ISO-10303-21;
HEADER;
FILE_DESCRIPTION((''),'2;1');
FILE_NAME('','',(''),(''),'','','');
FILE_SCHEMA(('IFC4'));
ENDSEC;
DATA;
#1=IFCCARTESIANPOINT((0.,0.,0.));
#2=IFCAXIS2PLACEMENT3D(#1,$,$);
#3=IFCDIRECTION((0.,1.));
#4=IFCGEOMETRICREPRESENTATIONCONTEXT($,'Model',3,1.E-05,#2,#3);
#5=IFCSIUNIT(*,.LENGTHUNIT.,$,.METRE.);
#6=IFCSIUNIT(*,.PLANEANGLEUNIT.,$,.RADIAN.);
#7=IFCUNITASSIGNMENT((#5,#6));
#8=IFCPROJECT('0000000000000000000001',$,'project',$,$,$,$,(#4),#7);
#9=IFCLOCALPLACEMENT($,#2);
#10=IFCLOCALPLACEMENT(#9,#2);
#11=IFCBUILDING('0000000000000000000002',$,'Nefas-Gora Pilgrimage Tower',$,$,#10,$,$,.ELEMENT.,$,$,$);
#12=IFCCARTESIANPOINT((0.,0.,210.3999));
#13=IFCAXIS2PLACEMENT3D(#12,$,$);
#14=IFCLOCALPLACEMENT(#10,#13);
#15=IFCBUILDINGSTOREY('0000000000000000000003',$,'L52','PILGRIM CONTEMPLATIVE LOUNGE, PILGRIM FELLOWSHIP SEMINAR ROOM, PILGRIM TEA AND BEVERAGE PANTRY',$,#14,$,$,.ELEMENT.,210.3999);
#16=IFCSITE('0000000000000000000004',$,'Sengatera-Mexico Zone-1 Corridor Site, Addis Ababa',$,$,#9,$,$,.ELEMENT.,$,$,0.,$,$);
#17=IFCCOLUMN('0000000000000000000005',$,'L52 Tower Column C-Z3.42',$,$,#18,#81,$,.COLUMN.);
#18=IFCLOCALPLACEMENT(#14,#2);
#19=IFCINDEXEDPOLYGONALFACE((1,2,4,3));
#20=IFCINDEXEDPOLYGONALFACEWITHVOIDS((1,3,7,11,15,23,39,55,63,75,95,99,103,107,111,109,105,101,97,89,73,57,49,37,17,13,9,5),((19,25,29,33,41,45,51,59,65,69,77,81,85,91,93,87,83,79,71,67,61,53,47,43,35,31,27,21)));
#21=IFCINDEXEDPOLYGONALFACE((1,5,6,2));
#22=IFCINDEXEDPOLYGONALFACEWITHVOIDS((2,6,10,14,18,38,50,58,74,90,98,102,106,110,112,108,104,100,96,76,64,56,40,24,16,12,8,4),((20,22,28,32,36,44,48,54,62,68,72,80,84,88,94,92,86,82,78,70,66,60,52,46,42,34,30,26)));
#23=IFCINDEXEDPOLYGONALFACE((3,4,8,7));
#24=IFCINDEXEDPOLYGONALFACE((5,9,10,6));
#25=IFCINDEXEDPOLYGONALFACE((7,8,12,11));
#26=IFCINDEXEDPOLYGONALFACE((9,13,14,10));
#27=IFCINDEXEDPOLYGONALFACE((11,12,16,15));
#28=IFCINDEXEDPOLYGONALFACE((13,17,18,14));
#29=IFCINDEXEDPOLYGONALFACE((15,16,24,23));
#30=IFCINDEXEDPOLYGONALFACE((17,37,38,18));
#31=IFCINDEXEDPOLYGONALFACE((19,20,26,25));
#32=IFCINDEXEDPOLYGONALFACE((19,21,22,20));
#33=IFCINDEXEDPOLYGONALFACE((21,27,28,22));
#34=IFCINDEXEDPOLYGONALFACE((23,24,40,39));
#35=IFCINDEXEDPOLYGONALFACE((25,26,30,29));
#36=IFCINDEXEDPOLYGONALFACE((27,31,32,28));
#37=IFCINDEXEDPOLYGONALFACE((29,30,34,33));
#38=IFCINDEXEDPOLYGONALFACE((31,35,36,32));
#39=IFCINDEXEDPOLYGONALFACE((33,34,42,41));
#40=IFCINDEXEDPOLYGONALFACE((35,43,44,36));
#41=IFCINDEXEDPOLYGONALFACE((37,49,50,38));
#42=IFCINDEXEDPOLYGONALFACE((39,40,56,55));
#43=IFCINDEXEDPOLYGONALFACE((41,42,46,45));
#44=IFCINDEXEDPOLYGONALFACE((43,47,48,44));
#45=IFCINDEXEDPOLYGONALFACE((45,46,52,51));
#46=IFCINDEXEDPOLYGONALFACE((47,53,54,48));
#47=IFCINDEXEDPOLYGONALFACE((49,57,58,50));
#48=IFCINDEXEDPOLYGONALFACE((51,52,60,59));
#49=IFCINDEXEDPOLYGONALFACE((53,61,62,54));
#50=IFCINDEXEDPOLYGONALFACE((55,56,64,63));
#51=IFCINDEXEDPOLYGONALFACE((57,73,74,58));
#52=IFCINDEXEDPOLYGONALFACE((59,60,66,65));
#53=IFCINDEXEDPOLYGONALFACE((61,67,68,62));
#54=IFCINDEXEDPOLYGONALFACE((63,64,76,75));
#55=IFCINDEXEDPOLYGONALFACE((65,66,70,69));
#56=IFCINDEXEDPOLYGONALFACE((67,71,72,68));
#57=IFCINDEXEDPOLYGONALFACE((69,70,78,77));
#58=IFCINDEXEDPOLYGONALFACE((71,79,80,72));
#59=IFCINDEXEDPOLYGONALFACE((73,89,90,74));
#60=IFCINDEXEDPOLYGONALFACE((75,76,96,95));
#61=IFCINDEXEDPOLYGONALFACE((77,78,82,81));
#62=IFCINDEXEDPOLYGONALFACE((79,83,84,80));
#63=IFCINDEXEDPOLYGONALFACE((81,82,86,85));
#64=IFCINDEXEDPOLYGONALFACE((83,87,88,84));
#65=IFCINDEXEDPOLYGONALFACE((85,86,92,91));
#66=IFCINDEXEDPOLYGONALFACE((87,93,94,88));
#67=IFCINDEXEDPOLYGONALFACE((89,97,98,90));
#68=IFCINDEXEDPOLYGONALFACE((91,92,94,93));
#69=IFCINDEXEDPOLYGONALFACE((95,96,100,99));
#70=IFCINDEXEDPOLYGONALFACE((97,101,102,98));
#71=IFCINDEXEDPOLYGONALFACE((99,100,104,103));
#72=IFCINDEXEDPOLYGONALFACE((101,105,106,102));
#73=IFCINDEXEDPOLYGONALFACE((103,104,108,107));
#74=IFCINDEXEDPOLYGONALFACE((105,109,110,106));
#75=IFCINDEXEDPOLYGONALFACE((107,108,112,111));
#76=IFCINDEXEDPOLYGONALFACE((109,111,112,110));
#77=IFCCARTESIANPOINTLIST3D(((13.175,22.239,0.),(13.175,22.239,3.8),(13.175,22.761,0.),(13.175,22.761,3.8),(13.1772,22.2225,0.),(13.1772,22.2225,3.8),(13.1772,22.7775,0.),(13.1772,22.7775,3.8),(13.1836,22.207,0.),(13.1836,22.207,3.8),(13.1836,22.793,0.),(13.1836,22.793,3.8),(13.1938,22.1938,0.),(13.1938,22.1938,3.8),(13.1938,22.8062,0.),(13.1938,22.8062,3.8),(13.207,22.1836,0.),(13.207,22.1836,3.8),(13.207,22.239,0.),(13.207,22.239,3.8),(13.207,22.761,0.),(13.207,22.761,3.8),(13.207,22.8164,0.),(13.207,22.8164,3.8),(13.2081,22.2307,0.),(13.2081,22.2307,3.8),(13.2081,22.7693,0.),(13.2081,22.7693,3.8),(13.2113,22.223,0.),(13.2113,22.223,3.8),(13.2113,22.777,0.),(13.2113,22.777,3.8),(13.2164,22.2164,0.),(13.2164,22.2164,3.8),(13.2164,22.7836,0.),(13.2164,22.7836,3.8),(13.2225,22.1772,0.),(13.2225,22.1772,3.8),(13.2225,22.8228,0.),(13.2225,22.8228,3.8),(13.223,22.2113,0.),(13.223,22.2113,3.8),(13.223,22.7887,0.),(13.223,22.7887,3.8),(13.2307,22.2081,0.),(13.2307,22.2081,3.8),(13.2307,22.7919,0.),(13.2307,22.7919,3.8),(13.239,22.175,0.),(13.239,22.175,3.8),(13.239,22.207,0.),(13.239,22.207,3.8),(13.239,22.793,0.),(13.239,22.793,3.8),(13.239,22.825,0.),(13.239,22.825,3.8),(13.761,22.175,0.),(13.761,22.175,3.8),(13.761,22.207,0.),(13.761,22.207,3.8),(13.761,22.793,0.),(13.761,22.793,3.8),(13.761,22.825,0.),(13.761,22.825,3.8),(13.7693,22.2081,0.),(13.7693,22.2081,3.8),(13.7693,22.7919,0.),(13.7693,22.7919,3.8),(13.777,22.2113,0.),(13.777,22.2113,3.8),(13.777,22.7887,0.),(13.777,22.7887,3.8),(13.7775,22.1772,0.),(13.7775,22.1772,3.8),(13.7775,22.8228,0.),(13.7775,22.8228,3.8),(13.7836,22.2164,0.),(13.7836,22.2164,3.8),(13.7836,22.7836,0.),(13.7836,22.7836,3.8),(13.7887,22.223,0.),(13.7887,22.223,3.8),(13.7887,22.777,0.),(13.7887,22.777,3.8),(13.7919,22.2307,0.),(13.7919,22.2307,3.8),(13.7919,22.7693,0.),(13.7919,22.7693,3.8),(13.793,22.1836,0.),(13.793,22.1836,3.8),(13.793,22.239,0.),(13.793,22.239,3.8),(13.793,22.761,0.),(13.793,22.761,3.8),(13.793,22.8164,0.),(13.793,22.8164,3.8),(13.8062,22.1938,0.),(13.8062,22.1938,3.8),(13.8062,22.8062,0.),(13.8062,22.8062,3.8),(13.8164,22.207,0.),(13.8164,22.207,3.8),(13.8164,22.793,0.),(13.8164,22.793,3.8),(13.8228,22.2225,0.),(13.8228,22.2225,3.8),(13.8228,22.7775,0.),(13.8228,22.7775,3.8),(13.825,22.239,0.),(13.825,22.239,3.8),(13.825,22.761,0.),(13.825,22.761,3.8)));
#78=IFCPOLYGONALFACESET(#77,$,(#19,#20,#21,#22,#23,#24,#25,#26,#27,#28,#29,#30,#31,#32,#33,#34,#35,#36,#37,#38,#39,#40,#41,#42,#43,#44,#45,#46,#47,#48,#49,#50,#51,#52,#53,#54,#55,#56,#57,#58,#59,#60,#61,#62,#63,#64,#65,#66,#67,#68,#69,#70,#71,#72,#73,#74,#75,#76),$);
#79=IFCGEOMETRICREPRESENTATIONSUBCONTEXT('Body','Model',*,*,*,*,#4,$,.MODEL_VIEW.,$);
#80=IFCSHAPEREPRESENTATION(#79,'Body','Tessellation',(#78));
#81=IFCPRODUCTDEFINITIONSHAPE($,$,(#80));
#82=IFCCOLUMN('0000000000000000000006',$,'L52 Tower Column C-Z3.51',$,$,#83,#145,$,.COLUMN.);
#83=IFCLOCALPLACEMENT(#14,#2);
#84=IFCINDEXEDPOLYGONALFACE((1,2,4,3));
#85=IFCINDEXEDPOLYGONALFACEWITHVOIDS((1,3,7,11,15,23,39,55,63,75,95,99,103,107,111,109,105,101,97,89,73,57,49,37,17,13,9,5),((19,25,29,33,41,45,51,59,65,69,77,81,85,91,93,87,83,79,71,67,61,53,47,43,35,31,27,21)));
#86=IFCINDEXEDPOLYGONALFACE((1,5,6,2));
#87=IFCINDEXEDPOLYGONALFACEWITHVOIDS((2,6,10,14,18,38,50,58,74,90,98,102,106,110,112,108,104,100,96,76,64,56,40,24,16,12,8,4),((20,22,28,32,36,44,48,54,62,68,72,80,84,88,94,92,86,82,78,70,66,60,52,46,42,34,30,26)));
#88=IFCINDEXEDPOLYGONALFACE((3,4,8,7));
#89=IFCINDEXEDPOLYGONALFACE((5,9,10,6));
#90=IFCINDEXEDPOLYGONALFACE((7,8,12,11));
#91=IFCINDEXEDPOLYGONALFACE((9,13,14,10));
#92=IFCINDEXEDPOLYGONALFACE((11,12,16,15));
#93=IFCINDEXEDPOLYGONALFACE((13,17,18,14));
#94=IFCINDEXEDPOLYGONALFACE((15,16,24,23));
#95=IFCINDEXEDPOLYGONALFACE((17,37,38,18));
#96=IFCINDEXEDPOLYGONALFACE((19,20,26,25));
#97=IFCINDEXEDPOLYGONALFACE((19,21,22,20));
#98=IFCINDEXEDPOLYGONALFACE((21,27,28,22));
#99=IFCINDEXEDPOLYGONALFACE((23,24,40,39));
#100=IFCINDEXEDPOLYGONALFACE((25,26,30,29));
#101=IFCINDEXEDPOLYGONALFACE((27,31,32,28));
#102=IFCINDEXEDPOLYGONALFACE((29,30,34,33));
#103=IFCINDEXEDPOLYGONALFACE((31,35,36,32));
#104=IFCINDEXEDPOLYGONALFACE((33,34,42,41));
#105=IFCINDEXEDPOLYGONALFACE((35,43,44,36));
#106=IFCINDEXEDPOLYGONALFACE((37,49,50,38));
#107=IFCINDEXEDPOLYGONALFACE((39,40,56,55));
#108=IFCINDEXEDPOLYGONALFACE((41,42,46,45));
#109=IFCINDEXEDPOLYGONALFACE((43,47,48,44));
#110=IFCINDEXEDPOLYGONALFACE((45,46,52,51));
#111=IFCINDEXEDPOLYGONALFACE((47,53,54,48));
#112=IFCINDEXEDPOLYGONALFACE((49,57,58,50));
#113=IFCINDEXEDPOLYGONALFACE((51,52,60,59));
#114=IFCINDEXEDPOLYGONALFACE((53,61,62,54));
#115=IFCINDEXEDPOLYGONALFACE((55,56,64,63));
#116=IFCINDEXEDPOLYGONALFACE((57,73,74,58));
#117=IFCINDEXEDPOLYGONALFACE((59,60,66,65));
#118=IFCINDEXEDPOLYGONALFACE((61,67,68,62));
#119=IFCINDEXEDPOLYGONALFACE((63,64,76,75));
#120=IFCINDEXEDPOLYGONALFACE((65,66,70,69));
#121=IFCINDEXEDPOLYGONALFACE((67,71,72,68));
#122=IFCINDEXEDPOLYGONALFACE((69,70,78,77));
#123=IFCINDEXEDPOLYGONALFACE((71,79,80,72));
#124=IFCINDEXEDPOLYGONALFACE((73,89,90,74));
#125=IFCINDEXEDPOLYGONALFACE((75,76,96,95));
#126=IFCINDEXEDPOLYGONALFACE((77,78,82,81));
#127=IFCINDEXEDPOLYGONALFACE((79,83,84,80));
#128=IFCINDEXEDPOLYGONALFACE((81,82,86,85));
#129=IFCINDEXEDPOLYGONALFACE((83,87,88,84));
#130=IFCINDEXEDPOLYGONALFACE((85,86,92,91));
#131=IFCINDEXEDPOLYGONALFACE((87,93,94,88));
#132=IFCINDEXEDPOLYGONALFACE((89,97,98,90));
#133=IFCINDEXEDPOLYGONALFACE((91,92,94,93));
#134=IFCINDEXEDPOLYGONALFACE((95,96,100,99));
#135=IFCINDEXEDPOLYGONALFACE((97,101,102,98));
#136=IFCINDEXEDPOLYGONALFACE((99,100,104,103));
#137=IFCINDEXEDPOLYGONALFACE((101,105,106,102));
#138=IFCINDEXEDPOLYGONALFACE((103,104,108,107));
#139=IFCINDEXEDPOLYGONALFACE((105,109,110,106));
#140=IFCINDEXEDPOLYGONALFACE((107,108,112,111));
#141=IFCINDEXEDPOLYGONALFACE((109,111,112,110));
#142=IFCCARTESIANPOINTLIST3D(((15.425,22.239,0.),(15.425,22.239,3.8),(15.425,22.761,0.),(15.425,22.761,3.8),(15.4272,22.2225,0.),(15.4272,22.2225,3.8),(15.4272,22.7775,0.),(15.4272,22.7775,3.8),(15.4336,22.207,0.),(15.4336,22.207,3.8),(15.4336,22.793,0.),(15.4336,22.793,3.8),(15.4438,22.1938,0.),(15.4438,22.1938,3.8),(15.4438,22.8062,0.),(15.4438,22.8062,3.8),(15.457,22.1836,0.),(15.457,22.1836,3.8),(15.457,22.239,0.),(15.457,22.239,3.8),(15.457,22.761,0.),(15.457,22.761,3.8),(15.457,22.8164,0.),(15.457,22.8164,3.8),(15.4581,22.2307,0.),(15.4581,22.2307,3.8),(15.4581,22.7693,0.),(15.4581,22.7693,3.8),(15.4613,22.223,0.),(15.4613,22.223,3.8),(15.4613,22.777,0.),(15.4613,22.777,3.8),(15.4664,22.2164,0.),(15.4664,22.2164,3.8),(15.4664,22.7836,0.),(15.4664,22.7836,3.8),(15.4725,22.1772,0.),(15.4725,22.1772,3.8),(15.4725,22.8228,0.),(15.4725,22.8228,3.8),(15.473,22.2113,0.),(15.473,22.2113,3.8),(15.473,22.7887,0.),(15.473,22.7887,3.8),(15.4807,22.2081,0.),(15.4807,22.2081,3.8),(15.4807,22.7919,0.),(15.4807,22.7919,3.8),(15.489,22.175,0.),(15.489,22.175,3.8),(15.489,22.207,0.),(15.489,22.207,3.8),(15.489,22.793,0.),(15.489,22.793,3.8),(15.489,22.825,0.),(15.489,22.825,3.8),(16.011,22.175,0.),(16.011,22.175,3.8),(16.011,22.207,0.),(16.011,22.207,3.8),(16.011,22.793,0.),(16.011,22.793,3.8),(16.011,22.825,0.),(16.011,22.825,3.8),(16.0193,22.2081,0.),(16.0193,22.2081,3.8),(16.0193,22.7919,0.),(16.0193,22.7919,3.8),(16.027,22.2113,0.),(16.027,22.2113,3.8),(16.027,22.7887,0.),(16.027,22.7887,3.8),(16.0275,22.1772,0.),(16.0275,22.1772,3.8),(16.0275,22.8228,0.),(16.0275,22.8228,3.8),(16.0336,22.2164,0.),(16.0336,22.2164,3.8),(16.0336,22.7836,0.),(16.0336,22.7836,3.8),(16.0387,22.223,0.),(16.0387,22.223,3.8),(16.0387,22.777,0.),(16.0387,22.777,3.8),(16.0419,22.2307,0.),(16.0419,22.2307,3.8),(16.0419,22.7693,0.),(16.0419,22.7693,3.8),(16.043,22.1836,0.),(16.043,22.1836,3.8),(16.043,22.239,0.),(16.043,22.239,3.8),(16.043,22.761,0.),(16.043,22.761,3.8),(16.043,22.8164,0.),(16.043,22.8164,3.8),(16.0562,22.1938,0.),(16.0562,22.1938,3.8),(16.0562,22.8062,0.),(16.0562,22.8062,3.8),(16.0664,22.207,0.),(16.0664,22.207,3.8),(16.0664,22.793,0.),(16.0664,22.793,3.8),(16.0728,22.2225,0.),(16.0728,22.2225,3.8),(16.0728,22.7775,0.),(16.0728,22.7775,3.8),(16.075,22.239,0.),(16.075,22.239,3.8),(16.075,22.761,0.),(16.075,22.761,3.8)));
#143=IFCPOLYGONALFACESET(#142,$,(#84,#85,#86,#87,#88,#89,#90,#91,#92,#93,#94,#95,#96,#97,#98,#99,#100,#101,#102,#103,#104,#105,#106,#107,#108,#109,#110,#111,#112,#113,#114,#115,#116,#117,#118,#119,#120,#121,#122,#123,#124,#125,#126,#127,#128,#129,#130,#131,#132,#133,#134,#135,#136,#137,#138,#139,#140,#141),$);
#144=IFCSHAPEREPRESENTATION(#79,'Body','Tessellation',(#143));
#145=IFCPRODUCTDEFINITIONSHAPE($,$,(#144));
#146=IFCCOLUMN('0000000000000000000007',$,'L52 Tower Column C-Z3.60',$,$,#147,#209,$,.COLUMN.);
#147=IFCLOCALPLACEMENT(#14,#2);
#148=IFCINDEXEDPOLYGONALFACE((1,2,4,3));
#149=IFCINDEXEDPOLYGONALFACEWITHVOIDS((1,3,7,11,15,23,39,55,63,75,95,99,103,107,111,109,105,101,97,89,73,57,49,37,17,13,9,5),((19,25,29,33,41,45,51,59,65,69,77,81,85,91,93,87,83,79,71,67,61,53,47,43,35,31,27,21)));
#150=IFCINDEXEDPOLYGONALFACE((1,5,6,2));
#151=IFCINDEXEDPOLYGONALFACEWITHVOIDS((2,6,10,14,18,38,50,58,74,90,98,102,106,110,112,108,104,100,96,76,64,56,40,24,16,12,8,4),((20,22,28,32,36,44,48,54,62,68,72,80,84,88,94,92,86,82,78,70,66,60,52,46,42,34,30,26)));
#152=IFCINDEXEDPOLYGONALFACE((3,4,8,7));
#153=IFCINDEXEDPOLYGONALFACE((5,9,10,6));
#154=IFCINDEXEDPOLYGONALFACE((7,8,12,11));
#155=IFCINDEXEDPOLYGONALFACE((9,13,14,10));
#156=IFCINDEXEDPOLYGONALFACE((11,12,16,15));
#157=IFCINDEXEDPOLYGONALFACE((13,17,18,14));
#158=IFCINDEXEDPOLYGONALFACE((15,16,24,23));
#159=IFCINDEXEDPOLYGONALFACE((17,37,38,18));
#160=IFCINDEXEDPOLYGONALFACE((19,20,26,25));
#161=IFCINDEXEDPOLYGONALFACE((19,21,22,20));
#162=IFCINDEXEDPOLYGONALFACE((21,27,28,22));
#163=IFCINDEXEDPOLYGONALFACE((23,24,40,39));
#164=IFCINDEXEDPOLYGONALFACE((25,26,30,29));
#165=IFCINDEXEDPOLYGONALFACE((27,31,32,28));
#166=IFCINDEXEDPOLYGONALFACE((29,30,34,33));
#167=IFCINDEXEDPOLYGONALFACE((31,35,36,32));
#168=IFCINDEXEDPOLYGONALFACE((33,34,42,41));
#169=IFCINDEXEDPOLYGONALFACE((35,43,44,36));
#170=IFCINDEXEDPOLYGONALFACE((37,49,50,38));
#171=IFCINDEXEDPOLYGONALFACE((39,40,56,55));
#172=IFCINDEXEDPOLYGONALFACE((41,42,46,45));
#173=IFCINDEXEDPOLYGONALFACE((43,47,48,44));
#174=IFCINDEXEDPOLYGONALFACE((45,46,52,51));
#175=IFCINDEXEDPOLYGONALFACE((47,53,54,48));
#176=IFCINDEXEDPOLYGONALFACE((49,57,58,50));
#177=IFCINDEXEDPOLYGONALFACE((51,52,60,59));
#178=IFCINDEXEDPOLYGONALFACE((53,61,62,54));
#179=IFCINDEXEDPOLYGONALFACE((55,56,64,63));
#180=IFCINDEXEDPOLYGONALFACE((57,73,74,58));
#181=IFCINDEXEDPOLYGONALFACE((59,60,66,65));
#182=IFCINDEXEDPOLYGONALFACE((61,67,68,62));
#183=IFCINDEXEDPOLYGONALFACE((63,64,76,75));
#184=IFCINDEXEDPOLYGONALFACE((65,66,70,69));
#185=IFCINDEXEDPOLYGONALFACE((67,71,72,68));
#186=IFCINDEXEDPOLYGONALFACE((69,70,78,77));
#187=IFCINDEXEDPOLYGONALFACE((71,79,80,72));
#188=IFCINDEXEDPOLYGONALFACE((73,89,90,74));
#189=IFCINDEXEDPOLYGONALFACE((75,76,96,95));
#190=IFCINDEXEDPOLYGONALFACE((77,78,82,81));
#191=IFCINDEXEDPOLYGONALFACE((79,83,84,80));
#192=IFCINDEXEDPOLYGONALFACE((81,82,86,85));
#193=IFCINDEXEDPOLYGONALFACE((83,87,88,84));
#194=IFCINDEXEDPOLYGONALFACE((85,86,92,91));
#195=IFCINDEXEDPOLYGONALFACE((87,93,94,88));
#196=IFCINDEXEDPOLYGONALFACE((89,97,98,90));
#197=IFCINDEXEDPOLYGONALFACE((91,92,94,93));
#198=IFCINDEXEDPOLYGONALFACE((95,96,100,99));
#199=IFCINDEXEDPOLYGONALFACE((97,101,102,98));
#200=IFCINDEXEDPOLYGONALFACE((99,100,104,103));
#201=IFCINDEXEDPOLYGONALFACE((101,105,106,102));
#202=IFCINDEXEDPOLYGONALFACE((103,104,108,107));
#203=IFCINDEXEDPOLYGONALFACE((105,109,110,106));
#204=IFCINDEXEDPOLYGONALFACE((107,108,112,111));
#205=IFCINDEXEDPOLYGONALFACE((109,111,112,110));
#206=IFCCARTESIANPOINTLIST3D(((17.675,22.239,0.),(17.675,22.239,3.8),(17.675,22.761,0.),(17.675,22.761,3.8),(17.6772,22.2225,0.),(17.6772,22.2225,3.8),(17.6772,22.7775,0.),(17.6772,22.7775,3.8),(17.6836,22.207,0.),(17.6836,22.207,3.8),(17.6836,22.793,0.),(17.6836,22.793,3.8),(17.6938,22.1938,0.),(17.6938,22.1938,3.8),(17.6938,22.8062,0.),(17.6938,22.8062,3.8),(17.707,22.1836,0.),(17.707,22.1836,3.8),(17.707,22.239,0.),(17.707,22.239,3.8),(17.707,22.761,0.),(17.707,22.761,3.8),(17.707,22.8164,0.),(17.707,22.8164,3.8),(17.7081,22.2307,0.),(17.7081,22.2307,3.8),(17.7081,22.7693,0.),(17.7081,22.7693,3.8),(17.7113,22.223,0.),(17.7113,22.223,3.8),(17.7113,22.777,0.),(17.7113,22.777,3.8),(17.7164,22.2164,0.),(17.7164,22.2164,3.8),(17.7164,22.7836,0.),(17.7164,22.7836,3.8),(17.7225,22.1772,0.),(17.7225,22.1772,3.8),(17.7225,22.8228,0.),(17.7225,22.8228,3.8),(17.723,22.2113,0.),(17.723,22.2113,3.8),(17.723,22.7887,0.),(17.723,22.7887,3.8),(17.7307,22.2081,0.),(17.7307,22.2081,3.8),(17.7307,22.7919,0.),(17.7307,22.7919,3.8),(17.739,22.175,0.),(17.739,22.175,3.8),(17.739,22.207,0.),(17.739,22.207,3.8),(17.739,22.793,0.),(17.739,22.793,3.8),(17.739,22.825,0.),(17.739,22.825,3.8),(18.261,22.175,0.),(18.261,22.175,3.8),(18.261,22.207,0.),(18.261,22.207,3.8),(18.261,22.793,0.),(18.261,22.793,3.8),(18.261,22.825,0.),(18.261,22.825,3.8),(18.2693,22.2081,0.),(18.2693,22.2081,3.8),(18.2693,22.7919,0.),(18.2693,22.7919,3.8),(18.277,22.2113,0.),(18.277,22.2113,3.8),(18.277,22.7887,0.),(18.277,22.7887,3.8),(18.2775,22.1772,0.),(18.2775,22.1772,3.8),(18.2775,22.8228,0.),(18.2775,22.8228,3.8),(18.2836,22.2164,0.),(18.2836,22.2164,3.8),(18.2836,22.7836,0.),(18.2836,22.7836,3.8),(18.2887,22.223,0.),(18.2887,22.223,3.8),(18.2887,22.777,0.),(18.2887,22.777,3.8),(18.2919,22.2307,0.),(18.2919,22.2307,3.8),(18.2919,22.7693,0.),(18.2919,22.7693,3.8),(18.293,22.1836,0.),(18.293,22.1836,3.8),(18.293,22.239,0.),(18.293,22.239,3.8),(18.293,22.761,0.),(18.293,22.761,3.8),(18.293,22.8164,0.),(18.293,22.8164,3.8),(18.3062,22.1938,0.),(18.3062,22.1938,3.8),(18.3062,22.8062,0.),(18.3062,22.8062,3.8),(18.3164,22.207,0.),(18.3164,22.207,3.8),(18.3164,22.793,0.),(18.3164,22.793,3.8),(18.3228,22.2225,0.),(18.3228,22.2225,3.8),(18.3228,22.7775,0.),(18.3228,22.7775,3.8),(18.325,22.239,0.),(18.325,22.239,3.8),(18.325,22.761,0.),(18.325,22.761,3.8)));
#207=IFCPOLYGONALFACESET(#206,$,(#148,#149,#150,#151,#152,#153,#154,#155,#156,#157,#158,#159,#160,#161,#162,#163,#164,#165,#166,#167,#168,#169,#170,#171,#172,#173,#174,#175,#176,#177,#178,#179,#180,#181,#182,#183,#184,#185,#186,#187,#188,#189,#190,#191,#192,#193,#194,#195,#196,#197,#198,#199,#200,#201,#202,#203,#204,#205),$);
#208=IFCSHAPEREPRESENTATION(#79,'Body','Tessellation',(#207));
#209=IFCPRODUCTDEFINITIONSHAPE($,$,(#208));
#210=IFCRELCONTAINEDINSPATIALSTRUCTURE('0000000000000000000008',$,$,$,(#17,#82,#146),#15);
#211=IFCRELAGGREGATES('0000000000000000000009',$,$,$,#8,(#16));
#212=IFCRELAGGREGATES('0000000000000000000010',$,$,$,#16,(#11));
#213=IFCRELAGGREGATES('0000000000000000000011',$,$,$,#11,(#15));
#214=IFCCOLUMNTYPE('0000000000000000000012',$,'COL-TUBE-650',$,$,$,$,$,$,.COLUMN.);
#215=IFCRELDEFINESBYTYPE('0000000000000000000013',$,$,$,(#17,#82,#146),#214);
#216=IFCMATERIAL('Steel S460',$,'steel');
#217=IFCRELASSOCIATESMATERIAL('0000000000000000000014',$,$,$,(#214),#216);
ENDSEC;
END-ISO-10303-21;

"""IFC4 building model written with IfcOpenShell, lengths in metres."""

from ifc_helpers import new_model, si_unit, direction, frame, origin, origin_2d, place, context, subcontext, project, spatial, hollow_rectangle, extrude, source, transform, mapped, material, material_profile, profile_set, type_object, element, save


model = new_model("IFC4")

# Units and contexts
model_context = context("Model", 3, precision=1e-05, world=origin(), true_north=direction((0.0, 1.0)))
body_context = subcontext(model_context, "Body", "Model", "MODEL_VIEW")
ifc_project = project(units=[si_unit("LENGTHUNIT", "METRE"), si_unit("PLANEANGLEUNIT", "RADIAN")], contexts=[model_context])

# Site, building, storey
site_placement = place(None, origin())
site = spatial("IfcSite", under=ifc_project, at=site_placement, Name="Sengatera-Mexico Zone-1 Corridor Site, Addis Ababa", CompositionType="ELEMENT", RefElevation=0.0)
building_placement = place(site_placement, origin())
building = spatial("IfcBuilding", under=site, at=building_placement, Name="Nefas-Gora Pilgrimage Tower", CompositionType="ELEMENT")
storey_placement = place(building_placement, frame((0.0, 0.0, 210.3999)))
storey = spatial("IfcBuildingStorey", under=building, at=storey_placement, Name="L52", Description="PILGRIM CONTEMPLATIVE LOUNGE, PILGRIM FELLOWSHIP SEMINAR ROOM, PILGRIM TEA AND BEVERAGE PANTRY", CompositionType="ELEMENT", Elevation=210.3999)

# Columns
ifc_material_1 = material(Name="Steel S460", Category="steel")
ifc_material_profile_1 = material_profile(ifc_material_1, hollow_rectangle(XDim=0.6499, YDim=0.6499, WallThickness=0.032, InnerFilletRadius=0.032, OuterFilletRadius=0.064, at=origin_2d()), Name="BOX 650x650x32")
ifc_profile_set_1 = profile_set([ifc_material_profile_1], Name="Steel S460")
column_type_1 = type_object("IfcColumnType", Name="COL-TUBE-650", PredefinedType="COLUMN", material=ifc_profile_set_1)
shared_shape_1 = source(origin(), body_context, "Body", "SweptSolid", [
    extrude(hollow_rectangle(XDim=0.6499, YDim=0.6499, WallThickness=0.032, InnerFilletRadius=0.032, OuterFilletRadius=0.064, at=origin_2d()), origin(), (0.0, 0.0, 1.0), 3.8),
])
for number, where, z_axis, x_axis, name in (
    (1, (13.5, 22.5, 0.0), (0.0, 0.0, 1.0), (1.0, 0.0, 0.0), "L52 Tower Column C-Z3.42"),
    (2, (15.75, 22.5, 0.0), (0.0, 0.0, 1.0), (1.0, 0.0, 0.0), "L52 Tower Column C-Z3.51"),
    (3, (18.0, 22.5, 0.0), (0.0, 0.0, 1.0), (1.0, 0.0, 0.0), "L52 Tower Column C-Z3.60"),
):
    element("IfcColumn", number, at=place(storey_placement, frame(where, z_axis=z_axis, x_axis=x_axis)), inside=storey, type_object=column_type_1, Name=name, PredefinedType="COLUMN", context=body_context, shape_type="MappedRepresentation", body=[
        mapped(shared_shape_1, transform((0.0, 0.0, 0.0), x_axis=(1.0, 0.0, 0.0), y_axis=(0.0, 1.0, 0.0), z_axis=(0.0, 0.0, 1.0), scale=1.0)),
    ])

save(model, "model.ifc")
